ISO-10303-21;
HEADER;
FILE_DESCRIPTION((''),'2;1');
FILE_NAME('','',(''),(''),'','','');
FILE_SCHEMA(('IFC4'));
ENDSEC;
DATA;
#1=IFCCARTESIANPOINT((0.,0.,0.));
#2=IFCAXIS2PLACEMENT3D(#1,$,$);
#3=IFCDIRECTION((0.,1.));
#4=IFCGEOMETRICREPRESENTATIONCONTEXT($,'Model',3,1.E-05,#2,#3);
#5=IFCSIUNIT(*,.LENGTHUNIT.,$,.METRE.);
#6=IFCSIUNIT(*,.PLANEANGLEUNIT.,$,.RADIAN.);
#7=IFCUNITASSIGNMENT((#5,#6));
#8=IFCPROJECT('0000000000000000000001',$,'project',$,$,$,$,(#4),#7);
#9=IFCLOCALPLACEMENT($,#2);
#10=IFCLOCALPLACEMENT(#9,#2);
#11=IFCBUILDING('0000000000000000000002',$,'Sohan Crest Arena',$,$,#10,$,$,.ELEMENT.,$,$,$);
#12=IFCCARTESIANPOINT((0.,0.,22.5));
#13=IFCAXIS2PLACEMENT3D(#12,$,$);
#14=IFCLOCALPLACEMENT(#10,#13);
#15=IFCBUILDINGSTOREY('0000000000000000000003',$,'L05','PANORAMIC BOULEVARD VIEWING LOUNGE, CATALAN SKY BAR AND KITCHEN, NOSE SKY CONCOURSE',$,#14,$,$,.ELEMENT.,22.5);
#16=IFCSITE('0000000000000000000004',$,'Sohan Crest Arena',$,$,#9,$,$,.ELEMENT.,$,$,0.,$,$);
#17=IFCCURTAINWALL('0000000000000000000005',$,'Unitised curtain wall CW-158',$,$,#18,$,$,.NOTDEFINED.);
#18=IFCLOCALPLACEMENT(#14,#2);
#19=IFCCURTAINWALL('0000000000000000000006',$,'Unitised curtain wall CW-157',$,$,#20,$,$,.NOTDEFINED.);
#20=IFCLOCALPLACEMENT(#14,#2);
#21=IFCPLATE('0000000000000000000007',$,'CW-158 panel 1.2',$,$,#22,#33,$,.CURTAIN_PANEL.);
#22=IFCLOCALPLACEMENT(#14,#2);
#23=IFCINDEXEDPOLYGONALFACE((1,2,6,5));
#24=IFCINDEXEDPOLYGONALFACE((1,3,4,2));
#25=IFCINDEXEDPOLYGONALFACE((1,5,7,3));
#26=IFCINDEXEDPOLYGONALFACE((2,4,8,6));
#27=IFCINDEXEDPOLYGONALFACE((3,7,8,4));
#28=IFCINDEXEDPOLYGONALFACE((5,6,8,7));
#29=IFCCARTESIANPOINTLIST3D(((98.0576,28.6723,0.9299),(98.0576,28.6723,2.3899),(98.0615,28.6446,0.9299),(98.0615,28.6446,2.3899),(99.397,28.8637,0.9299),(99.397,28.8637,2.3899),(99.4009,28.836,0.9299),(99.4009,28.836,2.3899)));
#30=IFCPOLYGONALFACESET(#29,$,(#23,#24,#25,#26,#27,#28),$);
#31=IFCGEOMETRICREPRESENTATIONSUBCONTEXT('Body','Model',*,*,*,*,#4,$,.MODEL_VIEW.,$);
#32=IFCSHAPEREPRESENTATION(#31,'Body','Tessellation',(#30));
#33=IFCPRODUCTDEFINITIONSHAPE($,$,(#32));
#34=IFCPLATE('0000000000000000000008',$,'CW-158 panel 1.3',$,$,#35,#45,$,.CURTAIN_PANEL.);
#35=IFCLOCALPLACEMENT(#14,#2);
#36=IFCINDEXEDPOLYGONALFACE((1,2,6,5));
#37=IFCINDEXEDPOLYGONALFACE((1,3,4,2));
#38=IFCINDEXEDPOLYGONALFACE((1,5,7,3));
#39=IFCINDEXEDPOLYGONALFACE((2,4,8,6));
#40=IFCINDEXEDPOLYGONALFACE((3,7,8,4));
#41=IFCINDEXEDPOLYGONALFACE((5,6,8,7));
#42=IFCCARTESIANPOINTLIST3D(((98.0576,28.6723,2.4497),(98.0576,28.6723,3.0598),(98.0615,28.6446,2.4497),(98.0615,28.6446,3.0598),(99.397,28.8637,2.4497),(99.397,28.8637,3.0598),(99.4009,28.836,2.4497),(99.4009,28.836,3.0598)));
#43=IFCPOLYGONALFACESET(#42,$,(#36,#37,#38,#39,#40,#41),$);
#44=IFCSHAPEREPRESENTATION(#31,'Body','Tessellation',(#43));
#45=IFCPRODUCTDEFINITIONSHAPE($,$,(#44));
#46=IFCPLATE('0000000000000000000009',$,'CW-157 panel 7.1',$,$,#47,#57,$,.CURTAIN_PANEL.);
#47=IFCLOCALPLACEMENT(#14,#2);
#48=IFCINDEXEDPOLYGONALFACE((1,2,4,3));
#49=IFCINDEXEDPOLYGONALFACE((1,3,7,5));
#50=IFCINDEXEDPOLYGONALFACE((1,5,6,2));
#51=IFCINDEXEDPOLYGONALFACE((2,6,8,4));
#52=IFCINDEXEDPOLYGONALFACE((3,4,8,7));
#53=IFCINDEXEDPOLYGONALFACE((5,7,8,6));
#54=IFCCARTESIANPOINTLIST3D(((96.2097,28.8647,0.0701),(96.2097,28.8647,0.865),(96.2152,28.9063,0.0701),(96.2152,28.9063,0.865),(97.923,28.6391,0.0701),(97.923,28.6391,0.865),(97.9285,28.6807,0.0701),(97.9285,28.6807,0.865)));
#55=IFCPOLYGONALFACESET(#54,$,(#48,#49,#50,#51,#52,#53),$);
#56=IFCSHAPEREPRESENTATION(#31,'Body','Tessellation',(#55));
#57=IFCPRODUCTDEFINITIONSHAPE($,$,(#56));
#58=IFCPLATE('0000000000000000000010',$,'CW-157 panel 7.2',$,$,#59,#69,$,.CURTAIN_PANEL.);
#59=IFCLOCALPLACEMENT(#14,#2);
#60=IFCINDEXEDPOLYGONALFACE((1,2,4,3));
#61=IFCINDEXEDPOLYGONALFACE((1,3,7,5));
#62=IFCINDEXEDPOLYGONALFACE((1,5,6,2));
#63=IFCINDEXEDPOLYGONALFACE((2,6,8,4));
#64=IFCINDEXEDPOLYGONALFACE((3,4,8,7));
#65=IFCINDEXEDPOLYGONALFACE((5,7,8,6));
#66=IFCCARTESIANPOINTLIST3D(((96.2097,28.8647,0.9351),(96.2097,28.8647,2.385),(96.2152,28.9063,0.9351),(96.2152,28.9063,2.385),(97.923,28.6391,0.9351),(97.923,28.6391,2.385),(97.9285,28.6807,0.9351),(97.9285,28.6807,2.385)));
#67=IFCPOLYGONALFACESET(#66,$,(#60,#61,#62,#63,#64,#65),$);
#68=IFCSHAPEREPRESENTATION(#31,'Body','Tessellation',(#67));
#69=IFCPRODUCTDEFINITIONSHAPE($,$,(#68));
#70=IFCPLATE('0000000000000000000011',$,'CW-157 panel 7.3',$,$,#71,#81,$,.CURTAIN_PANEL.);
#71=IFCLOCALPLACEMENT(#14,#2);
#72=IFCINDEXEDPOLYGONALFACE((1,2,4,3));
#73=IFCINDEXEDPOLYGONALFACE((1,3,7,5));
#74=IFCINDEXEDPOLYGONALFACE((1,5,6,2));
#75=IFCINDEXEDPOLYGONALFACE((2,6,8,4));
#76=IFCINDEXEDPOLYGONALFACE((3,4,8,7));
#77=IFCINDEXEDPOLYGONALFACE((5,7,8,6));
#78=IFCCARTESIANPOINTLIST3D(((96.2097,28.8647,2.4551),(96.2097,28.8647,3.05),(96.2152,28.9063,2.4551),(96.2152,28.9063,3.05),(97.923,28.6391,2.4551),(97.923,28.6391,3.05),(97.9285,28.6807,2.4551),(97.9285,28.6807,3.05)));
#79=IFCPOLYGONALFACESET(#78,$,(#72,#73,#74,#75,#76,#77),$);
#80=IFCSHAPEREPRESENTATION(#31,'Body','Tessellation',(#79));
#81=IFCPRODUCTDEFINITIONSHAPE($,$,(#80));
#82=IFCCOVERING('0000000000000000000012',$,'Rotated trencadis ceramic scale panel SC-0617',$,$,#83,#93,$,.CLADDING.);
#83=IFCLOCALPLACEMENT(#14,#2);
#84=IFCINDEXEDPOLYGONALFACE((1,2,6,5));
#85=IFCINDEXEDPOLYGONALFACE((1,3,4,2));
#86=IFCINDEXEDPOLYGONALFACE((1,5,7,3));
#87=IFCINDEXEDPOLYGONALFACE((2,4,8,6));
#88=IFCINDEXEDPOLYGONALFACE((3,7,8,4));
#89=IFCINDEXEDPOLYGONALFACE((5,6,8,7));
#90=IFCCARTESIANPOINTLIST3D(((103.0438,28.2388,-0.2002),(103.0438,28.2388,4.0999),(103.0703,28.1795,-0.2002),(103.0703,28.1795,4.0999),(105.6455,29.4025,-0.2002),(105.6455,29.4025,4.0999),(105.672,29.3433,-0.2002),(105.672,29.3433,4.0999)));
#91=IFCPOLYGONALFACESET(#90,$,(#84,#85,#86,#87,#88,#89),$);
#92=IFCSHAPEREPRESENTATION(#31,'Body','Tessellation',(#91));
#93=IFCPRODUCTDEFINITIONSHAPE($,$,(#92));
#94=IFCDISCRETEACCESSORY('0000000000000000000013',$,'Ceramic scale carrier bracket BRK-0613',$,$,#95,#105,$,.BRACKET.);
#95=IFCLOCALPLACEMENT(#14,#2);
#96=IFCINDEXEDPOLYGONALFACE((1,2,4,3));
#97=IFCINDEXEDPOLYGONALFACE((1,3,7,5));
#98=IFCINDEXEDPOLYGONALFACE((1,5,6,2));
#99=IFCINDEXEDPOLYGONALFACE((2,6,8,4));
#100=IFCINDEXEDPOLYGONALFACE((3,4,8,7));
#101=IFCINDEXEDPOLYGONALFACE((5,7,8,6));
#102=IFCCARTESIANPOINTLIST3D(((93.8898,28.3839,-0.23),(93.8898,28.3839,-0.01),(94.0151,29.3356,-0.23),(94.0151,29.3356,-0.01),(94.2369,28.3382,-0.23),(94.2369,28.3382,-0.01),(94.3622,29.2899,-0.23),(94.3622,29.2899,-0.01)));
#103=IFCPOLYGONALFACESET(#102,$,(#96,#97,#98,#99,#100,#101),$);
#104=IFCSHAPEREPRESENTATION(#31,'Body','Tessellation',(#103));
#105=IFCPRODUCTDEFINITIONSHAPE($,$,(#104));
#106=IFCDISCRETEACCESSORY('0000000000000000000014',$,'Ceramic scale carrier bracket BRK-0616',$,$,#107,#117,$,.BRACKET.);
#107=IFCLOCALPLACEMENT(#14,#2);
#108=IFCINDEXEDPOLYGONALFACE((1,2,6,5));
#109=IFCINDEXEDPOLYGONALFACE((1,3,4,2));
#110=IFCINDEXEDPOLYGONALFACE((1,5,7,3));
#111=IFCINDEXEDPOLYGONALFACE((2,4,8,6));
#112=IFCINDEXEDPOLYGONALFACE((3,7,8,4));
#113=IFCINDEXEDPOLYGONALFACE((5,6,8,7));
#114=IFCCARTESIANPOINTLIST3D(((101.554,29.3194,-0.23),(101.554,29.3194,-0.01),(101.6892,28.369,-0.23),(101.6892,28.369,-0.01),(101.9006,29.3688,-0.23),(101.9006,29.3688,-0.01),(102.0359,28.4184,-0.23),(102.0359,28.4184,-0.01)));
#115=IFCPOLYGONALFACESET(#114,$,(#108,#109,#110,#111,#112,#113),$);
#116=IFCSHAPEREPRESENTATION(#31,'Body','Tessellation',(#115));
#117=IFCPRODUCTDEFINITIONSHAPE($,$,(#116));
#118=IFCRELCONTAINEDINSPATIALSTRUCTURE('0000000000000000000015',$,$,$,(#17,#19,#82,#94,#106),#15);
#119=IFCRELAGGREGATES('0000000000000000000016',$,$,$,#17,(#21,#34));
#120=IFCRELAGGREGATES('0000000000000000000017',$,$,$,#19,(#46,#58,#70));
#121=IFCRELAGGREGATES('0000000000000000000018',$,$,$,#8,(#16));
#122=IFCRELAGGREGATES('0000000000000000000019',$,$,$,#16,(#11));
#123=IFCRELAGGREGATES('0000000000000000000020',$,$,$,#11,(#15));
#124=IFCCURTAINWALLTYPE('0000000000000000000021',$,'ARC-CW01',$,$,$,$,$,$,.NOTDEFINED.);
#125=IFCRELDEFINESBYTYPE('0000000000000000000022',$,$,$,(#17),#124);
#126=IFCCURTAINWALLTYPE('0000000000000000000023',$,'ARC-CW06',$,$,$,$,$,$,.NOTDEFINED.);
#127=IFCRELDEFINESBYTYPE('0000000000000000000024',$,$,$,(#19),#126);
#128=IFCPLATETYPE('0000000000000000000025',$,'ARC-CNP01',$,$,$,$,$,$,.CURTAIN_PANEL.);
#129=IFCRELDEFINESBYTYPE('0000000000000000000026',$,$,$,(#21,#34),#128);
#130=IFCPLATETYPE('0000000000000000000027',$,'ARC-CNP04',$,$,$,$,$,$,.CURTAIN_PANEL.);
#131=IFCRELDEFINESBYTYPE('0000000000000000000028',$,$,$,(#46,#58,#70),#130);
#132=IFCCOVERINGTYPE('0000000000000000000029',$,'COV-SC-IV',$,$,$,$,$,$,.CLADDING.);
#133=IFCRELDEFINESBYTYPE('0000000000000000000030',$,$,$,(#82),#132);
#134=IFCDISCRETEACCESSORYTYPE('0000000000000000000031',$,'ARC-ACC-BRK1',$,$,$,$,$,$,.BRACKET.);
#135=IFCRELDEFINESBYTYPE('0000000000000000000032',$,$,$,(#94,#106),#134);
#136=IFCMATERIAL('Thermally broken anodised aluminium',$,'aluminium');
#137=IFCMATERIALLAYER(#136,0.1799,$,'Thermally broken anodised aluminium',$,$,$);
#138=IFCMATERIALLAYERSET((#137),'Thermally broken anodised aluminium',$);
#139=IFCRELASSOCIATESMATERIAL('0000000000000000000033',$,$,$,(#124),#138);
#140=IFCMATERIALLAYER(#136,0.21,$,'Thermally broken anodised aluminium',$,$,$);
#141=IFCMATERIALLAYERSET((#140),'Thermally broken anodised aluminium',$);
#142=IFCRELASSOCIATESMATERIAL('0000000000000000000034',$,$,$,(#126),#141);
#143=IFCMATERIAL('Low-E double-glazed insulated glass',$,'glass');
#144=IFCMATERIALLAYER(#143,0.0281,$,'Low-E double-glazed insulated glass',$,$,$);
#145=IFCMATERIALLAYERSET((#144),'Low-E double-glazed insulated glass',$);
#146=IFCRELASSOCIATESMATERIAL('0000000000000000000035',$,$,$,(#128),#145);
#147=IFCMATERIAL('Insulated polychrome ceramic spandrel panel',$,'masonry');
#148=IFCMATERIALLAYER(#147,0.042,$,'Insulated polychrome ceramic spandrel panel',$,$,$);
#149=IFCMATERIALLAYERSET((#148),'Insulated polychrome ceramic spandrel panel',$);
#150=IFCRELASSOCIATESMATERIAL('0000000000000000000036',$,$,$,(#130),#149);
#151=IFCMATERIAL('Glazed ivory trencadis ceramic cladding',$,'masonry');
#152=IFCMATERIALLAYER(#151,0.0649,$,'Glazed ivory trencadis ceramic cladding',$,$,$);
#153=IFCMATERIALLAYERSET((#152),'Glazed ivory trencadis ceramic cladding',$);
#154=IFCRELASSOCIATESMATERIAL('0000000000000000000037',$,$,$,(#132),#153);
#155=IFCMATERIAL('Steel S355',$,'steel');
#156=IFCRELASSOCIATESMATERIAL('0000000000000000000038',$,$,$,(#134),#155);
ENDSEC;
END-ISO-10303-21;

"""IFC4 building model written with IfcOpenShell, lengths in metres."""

from ifc_helpers import new_model, si_unit, direction, frame, origin, origin_2d, place, context, subcontext, project, spatial, rectangle, extrude, material, layer, layer_set, type_object, element, aggregate, save


model = new_model("IFC4")

# Units and contexts
model_context = context("Model", 3, precision=1e-05, world=origin(), true_north=direction((0.0, 1.0)))
body_context = subcontext(model_context, "Body", "Model", "MODEL_VIEW")
ifc_project = project(units=[si_unit("LENGTHUNIT", "METRE"), si_unit("PLANEANGLEUNIT", "RADIAN")], contexts=[model_context])

# Site, building, storey
site_placement = place(None, origin())
site = spatial("IfcSite", under=ifc_project, at=site_placement, Name="Sohan Crest Arena", CompositionType="ELEMENT", RefElevation=0.0)
building_placement = place(site_placement, origin())
building = spatial("IfcBuilding", under=site, at=building_placement, Name="Sohan Crest Arena", CompositionType="ELEMENT")
storey_placement = place(building_placement, frame((0.0, 0.0, 22.5)))
storey = spatial("IfcBuildingStorey", under=building, at=storey_placement, Name="L05", Description="PANORAMIC BOULEVARD VIEWING LOUNGE, CATALAN SKY BAR AND KITCHEN, NOSE SKY CONCOURSE", CompositionType="ELEMENT", Elevation=22.5)

# Curtain walls
ifc_material_1 = material(Name="Thermally broken anodised aluminium", Category="aluminium")
ifc_layer_1 = layer(ifc_material_1, 0.1799, Name="Thermally broken anodised aluminium")
ifc_layer_set_1 = layer_set([ifc_layer_1], Name="Thermally broken anodised aluminium")
curtain_wall_type_1 = type_object("IfcCurtainWallType", Name="ARC-CW01", PredefinedType="NOTDEFINED", material=ifc_layer_set_1)
curtain_wall_1_placement = place(storey_placement, origin())
curtain_wall_1 = element("IfcCurtainWall", 1, at=curtain_wall_1_placement, inside=storey, type_object=curtain_wall_type_1, Name="Unitised curtain wall CW-158", PredefinedType="NOTDEFINED")
ifc_layer_2 = layer(ifc_material_1, 0.21, Name="Thermally broken anodised aluminium")
ifc_layer_set_2 = layer_set([ifc_layer_2], Name="Thermally broken anodised aluminium")
curtain_wall_type_2 = type_object("IfcCurtainWallType", Name="ARC-CW06", PredefinedType="NOTDEFINED", material=ifc_layer_set_2)
curtain_wall_2_placement = place(storey_placement, origin())
curtain_wall_2 = element("IfcCurtainWall", 2, at=curtain_wall_2_placement, inside=storey, type_object=curtain_wall_type_2, Name="Unitised curtain wall CW-157", PredefinedType="NOTDEFINED")

# Plates
ifc_material_2 = material(Name="Low-E double-glazed insulated glass", Category="glass")
ifc_layer_3 = layer(ifc_material_2, 0.0281, Name="Low-E double-glazed insulated glass")
ifc_layer_set_3 = layer_set([ifc_layer_3], Name="Low-E double-glazed insulated glass")
plate_type_1 = type_object("IfcPlateType", Name="ARC-CNP01", PredefinedType="CURTAIN_PANEL", material=ifc_layer_set_3)
plate_1_placement = place(storey_placement, frame((98.7292, 28.7542, 0.9299), z_axis=(0.0, 0.0, 1.0), x_axis=(0.989944, 0.141463, 0.0)))
plate_1 = element("IfcPlate", 3, at=plate_1_placement, type_object=plate_type_1, Name="CW-158 panel 1.2", PredefinedType="CURTAIN_PANEL", context=body_context, shape_type="SweptSolid", body=[
    extrude(rectangle(XDim=1.353, YDim=0.0281, at=origin_2d()), origin(), (0.0, 0.0, 1.0), 1.46),
])
plate_2_placement = place(storey_placement, frame((98.7292, 28.7542, 2.4497), z_axis=(0.0, 0.0, 1.0), x_axis=(0.989944, 0.141463, 0.0)))
plate_2 = element("IfcPlate", 4, at=plate_2_placement, type_object=plate_type_1, Name="CW-158 panel 1.3", PredefinedType="CURTAIN_PANEL", context=body_context, shape_type="SweptSolid", body=[
    extrude(rectangle(XDim=1.353, YDim=0.0281, at=origin_2d()), origin(), (0.0, 0.0, 1.0), 0.6101),
])
aggregate(curtain_wall_1, [plate_1, plate_2])
ifc_material_3 = material(Name="Insulated polychrome ceramic spandrel panel", Category="masonry")
ifc_layer_4 = layer(ifc_material_3, 0.042, Name="Insulated polychrome ceramic spandrel panel")
ifc_layer_set_4 = layer_set([ifc_layer_4], Name="Insulated polychrome ceramic spandrel panel")
plate_type_2 = type_object("IfcPlateType", Name="ARC-CNP04", PredefinedType="CURTAIN_PANEL", material=ifc_layer_set_4)
plate_3_placement = place(storey_placement, frame((97.0691, 28.7727, 0.0701), z_axis=(0.0, 0.0, 1.0), x_axis=(0.991441, -0.130557, 0.0)))
plate_3 = element("IfcPlate", 5, at=plate_3_placement, type_object=plate_type_2, Name="CW-157 panel 7.1", PredefinedType="CURTAIN_PANEL", context=body_context, shape_type="SweptSolid", body=[
    extrude(rectangle(XDim=1.728, YDim=0.042, at=origin_2d()), origin(), (0.0, 0.0, 1.0), 0.7949),
])
plate_4_placement = place(storey_placement, frame((97.0691, 28.7727, 0.9351), z_axis=(0.0, 0.0, 1.0), x_axis=(0.991441, -0.130557, 0.0)))
plate_4 = element("IfcPlate", 6, at=plate_4_placement, type_object=plate_type_2, Name="CW-157 panel 7.2", PredefinedType="CURTAIN_PANEL", context=body_context, shape_type="SweptSolid", body=[
    extrude(rectangle(XDim=1.728, YDim=0.042, at=origin_2d()), origin(), (0.0, 0.0, 1.0), 1.45),
])
plate_5_placement = place(storey_placement, frame((97.0691, 28.7727, 2.4551), z_axis=(0.0, 0.0, 1.0), x_axis=(0.991441, -0.130557, 0.0)))
plate_5 = element("IfcPlate", 7, at=plate_5_placement, type_object=plate_type_2, Name="CW-157 panel 7.3", PredefinedType="CURTAIN_PANEL", context=body_context, shape_type="SweptSolid", body=[
    extrude(rectangle(XDim=1.728, YDim=0.042, at=origin_2d()), origin(), (0.0, 0.0, 1.0), 0.595),
])
aggregate(curtain_wall_2, [plate_3, plate_4, plate_5])

# Covering
ifc_material_4 = material(Name="Glazed ivory trencadis ceramic cladding", Category="masonry")
ifc_layer_5 = layer(ifc_material_4, 0.0649, Name="Glazed ivory trencadis ceramic cladding")
ifc_layer_set_5 = layer_set([ifc_layer_5], Name="Glazed ivory trencadis ceramic cladding")
covering_type = type_object("IfcCoveringType", Name="COV-SC-IV", PredefinedType="CLADDING", material=ifc_layer_set_5)
covering_placement = place(storey_placement, frame((104.3579, 28.791, -0.2002), z_axis=(0.0, 0.0, 1.0), x_axis=(0.912834, 0.40833, 0.0)))
element("IfcCovering", 8, at=covering_placement, inside=storey, type_object=covering_type, Name="Rotated trencadis ceramic scale panel SC-0617", PredefinedType="CLADDING", context=body_context, shape_type="SweptSolid", body=[
    extrude(rectangle(XDim=2.8501, YDim=0.0649, at=origin_2d()), origin(), (0.0, 0.0, 1.0), 4.3),
])

# Discrete accessories
ifc_material_5 = material(Name="Steel S355", Category="steel")
discrete_accessory_type = type_object("IfcDiscreteAccessoryType", Name="ARC-ACC-BRK1", PredefinedType="BRACKET", material=ifc_material_5)
for number, where, z_axis, x_axis, name in (
    (9, (94.126, 28.8369, -0.23), (0.0, 0.0, 1.0), (0.991445, -0.130526, 0.0), "Ceramic scale carrier bracket BRK-0613"),
    (10, (101.7949, 28.8689, -0.23), (0.0, 0.0, 1.0), (0.990024, 0.140901, 0.0), "Ceramic scale carrier bracket BRK-0616"),
):
    element("IfcDiscreteAccessory", number, at=place(storey_placement, frame(where, z_axis=z_axis, x_axis=x_axis)), inside=storey, type_object=discrete_accessory_type, Name=name, PredefinedType="BRACKET", context=body_context, shape_type="SweptSolid", body=[
        extrude(rectangle(XDim=0.3501, YDim=0.96, at=origin_2d()), origin(), (0.0, 0.0, 1.0), 0.22),
    ])

save(model, "model.ifc")
